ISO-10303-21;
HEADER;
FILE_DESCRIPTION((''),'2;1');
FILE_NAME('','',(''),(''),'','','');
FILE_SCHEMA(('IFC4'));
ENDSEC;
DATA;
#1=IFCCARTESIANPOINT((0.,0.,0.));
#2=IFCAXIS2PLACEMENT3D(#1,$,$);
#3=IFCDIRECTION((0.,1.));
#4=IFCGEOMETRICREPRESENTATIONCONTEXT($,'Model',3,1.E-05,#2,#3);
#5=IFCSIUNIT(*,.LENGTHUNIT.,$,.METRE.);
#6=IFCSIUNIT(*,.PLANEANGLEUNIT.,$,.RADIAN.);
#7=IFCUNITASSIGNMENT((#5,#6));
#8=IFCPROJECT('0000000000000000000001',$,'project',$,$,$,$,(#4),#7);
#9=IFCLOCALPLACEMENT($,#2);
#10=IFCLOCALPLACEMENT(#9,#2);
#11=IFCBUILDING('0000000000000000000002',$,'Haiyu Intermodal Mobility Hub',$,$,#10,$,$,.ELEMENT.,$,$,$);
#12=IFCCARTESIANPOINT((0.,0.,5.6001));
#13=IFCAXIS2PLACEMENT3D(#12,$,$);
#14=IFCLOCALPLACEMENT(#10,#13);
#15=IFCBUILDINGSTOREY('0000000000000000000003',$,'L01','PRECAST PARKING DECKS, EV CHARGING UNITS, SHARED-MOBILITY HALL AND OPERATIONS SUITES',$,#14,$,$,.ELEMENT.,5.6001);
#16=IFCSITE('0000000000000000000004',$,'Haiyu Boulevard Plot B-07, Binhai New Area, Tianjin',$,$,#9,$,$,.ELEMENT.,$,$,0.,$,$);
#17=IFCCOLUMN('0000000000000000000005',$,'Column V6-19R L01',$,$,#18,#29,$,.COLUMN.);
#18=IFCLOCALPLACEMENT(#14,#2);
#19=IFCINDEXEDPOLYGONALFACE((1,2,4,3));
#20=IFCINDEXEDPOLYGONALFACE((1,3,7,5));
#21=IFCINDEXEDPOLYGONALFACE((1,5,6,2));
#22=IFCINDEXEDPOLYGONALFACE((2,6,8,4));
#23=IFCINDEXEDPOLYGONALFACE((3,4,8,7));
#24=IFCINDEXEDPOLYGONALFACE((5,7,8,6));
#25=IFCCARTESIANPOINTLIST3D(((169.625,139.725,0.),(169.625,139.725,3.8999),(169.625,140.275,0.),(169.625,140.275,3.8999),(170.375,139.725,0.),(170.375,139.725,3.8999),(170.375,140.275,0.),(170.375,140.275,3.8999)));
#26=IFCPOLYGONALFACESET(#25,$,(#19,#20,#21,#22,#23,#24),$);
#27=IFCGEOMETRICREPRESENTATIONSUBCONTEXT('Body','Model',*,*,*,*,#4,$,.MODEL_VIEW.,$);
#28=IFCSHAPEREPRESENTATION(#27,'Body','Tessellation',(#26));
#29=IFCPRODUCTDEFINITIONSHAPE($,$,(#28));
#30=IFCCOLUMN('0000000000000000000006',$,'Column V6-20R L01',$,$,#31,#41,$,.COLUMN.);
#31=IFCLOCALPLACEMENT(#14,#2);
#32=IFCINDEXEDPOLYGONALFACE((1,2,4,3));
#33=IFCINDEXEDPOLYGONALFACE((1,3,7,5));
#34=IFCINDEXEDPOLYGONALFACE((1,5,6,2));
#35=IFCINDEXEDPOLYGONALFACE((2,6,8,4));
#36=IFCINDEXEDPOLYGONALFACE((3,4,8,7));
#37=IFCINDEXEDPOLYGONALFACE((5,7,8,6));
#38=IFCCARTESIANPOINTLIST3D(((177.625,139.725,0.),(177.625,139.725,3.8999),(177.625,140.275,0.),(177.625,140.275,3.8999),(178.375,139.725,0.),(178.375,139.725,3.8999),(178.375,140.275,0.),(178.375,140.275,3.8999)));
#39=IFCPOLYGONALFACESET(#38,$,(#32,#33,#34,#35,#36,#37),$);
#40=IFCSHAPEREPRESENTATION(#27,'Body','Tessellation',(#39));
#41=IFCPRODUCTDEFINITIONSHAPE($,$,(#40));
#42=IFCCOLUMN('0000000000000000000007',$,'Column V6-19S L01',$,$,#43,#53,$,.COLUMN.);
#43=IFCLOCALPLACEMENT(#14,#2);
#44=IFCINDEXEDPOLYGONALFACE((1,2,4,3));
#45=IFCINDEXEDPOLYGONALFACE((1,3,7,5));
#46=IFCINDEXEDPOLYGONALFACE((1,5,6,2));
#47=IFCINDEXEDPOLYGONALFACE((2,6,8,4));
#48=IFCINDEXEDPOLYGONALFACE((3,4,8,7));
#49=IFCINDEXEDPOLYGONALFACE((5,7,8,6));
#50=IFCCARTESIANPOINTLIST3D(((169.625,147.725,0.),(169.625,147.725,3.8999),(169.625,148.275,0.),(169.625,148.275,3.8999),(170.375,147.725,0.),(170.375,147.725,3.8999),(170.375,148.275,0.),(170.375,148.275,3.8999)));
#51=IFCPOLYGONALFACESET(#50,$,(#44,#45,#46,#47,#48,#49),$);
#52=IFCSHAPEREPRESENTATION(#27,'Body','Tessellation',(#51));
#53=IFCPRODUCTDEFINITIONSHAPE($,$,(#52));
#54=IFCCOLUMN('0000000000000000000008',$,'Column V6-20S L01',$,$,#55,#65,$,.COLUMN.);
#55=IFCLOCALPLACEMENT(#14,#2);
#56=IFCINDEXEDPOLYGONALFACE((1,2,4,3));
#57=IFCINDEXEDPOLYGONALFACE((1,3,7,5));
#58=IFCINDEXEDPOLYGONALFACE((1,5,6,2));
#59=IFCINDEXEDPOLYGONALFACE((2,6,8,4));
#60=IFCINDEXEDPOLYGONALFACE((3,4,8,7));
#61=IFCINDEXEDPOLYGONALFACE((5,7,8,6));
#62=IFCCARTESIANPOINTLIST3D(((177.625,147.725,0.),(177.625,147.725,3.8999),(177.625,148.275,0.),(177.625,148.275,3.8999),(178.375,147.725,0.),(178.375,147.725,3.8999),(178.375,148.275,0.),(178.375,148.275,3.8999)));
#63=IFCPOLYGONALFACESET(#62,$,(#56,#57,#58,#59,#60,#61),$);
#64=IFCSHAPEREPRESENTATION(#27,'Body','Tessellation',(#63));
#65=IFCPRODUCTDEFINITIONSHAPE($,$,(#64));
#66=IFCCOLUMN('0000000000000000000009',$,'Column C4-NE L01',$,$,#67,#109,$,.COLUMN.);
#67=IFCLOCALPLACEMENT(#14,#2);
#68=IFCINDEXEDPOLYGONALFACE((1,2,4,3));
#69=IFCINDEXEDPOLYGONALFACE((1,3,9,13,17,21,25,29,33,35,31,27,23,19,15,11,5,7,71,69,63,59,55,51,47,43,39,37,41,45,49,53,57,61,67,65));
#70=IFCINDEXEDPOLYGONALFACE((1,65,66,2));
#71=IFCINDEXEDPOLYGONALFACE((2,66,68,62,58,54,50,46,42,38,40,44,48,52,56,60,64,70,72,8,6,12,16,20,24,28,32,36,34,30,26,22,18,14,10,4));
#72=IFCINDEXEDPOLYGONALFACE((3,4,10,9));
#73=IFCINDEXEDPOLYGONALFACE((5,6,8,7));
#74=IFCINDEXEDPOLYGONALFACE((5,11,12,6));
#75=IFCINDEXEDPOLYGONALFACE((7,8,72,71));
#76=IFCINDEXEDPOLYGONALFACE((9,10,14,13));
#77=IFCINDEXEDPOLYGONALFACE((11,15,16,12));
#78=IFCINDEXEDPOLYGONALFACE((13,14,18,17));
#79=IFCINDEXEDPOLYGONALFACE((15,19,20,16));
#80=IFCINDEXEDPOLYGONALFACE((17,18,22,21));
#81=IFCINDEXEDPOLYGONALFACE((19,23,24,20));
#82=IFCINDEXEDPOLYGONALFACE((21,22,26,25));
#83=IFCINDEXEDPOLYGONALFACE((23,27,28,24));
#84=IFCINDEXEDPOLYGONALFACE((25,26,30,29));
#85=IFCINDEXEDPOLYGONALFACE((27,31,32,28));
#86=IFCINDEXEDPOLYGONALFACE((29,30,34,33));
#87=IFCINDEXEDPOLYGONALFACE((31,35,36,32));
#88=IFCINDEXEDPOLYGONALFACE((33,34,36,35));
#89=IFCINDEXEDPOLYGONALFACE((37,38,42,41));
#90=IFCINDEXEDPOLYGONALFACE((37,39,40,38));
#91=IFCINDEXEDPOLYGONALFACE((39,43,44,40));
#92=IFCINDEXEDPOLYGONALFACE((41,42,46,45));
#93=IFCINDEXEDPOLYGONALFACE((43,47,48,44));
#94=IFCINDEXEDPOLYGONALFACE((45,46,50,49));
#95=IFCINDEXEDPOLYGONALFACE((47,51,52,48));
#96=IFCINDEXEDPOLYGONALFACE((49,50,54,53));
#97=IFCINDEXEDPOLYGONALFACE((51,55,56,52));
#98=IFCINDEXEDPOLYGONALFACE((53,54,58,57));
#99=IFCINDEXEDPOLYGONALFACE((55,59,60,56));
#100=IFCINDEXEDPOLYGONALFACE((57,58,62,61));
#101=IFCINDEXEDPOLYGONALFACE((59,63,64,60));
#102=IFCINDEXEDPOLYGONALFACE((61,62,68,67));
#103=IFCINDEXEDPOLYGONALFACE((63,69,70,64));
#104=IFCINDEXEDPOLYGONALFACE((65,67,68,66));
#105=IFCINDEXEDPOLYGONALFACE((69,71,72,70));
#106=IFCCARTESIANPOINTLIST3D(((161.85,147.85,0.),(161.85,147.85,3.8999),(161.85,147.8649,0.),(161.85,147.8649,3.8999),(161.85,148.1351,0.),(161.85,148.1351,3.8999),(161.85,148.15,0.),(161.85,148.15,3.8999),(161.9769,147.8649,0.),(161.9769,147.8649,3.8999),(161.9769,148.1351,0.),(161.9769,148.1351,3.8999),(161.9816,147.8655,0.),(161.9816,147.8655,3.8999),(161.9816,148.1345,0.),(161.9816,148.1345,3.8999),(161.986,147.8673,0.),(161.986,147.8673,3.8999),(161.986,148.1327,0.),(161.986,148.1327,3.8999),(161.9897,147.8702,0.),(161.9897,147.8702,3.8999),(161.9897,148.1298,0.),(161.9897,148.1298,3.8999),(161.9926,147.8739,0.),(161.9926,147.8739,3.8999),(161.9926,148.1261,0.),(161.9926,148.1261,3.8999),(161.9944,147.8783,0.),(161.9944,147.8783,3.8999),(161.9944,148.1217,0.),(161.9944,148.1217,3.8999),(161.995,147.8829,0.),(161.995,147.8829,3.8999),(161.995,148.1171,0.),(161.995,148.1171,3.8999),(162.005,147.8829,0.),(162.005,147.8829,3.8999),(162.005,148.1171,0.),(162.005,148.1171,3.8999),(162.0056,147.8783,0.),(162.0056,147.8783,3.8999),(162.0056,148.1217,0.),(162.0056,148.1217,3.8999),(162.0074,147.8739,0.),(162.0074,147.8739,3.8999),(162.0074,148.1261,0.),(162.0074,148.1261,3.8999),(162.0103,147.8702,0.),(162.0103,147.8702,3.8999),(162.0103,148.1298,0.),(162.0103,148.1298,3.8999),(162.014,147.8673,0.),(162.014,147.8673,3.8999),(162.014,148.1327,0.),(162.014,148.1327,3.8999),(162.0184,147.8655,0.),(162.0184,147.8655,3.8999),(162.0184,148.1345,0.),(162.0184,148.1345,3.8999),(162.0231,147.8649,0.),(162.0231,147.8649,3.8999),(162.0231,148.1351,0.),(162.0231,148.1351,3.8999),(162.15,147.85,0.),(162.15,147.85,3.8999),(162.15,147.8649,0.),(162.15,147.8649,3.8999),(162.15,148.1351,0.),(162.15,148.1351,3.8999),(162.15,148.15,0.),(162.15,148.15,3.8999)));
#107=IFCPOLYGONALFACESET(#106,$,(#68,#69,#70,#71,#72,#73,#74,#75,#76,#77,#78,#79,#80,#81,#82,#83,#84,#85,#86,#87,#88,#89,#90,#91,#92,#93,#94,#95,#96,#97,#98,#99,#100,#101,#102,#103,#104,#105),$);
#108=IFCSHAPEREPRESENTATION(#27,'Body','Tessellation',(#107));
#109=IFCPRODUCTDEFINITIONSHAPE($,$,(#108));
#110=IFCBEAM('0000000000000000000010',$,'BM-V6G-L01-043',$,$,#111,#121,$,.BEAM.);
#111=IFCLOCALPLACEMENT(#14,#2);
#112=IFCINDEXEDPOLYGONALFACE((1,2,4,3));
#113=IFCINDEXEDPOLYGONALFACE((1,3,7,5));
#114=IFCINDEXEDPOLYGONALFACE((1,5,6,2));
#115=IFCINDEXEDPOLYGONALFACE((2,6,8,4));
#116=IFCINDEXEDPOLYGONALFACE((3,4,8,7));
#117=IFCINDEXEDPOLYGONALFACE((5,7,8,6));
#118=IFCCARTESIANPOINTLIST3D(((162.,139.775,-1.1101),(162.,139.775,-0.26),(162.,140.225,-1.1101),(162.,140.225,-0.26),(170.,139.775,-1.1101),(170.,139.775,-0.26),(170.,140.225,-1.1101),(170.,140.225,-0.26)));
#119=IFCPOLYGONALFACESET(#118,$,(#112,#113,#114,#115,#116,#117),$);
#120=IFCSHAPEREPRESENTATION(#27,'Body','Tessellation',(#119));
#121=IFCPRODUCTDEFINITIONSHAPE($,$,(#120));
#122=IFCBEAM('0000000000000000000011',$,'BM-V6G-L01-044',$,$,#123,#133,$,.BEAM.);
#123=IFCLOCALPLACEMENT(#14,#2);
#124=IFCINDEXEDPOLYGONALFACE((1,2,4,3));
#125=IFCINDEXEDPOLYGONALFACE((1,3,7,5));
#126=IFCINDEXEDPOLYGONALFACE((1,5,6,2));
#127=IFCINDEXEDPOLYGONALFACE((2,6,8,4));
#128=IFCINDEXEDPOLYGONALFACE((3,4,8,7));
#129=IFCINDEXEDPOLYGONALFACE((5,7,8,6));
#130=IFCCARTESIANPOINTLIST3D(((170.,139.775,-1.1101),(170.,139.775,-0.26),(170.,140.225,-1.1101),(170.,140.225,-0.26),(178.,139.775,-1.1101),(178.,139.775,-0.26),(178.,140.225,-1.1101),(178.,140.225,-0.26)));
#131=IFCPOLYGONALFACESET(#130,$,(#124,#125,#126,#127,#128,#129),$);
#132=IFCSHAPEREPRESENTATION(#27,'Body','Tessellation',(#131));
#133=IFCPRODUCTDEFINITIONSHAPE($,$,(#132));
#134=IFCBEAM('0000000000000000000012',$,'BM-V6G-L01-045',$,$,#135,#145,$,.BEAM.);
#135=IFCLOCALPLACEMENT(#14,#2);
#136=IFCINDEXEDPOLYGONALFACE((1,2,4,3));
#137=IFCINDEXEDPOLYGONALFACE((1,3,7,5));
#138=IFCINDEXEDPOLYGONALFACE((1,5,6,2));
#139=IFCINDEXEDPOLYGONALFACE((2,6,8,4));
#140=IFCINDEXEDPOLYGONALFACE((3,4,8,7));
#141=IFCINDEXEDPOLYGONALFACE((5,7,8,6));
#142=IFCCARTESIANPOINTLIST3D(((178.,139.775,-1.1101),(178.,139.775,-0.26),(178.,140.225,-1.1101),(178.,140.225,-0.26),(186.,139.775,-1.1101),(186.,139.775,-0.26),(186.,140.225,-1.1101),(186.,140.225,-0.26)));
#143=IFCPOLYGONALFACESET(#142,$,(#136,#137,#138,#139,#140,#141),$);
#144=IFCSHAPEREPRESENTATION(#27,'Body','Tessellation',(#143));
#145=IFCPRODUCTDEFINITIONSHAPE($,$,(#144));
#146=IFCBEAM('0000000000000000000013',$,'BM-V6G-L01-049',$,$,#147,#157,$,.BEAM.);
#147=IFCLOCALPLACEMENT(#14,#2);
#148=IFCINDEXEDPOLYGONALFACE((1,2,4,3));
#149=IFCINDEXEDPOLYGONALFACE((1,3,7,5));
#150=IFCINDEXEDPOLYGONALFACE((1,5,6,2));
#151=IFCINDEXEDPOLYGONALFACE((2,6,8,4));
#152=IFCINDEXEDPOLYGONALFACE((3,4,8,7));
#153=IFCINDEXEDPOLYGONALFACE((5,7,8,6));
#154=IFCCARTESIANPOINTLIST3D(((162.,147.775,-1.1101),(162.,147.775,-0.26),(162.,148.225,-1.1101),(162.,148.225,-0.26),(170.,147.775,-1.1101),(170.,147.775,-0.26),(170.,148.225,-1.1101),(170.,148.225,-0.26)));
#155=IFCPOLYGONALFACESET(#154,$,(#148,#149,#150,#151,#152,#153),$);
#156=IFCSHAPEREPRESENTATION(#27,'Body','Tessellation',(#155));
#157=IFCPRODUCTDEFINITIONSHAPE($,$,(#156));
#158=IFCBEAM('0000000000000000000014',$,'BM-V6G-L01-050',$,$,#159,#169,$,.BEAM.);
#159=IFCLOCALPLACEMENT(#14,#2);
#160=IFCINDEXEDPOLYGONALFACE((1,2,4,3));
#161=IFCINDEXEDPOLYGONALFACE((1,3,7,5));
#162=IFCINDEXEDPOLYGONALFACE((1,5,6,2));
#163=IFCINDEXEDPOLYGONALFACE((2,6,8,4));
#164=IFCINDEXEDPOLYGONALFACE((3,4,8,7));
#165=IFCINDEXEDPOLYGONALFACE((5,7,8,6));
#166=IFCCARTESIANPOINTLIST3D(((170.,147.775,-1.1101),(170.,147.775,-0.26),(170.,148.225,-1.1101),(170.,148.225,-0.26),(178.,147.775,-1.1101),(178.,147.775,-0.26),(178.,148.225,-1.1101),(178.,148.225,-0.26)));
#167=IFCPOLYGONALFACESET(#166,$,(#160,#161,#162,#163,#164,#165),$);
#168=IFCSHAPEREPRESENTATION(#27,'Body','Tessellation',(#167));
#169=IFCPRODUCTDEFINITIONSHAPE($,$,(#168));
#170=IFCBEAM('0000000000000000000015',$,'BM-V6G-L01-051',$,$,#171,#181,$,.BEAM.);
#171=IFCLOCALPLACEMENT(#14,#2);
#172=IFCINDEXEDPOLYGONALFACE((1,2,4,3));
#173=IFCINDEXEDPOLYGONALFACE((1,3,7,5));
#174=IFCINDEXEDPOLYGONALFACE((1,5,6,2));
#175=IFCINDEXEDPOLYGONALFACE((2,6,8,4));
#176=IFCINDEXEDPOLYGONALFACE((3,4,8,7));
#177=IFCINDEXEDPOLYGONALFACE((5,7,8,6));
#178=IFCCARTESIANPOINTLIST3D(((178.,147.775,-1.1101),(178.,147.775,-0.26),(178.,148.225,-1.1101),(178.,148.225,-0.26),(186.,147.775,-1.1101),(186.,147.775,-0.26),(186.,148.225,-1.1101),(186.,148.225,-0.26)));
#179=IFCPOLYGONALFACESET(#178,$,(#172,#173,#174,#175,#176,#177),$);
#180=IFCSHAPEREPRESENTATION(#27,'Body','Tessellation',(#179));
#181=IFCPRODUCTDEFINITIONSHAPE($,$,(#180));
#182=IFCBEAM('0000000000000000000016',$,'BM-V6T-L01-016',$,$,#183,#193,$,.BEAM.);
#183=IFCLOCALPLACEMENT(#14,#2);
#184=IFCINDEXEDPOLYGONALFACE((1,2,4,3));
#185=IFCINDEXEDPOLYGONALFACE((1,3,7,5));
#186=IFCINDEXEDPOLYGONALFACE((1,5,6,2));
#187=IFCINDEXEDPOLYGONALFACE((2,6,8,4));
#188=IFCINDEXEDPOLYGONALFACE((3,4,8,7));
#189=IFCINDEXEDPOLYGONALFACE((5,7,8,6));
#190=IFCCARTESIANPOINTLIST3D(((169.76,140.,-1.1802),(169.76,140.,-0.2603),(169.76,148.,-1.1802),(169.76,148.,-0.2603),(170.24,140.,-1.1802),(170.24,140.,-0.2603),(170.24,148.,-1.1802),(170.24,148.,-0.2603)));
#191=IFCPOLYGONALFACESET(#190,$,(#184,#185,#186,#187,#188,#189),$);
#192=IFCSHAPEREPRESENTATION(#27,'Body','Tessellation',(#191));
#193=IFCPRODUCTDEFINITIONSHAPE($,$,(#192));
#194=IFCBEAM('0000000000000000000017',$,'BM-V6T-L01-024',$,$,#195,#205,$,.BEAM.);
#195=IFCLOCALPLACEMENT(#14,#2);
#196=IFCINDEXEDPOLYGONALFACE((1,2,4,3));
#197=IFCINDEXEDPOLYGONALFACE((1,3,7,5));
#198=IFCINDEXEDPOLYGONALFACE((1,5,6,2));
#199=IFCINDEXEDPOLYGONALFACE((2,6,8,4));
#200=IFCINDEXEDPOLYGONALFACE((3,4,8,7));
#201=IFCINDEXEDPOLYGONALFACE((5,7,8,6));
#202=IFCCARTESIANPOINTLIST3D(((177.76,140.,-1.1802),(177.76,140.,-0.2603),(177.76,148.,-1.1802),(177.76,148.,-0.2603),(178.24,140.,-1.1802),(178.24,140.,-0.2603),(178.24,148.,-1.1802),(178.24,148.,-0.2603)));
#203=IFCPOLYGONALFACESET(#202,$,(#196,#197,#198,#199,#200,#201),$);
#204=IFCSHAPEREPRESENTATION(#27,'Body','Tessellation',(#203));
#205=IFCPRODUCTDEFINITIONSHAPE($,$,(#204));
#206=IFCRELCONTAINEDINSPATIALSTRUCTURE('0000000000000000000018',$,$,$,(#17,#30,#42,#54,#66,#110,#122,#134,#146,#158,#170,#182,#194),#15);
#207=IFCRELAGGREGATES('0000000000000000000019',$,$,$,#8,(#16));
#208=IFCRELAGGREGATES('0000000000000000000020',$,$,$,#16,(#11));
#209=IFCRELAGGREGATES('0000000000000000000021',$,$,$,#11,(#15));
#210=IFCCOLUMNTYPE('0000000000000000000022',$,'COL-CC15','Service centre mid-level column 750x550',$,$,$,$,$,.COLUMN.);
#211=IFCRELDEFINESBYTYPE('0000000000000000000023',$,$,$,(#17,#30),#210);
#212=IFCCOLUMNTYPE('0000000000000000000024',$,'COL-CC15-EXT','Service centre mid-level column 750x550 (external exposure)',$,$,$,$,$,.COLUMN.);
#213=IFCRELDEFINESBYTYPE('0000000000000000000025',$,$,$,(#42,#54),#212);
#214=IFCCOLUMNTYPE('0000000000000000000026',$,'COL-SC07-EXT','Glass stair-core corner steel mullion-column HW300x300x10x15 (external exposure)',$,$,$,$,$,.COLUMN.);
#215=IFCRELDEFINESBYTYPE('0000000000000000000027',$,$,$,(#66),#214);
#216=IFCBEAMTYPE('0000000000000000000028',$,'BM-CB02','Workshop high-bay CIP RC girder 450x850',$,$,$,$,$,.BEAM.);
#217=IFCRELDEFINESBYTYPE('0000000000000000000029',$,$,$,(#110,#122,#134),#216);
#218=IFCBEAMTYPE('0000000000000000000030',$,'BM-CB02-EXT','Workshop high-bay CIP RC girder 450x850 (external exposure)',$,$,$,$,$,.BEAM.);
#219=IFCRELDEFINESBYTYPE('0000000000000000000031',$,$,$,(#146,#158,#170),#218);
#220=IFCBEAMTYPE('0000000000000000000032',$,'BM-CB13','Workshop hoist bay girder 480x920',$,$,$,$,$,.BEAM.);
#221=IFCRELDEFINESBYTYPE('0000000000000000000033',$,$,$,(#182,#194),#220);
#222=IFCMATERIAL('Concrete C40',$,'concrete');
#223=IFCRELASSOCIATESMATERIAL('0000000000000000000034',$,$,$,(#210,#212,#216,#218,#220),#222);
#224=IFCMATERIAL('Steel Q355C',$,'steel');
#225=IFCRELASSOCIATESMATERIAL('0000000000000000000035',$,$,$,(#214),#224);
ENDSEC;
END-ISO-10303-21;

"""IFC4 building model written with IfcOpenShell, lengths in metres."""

from ifc_helpers import new_model, si_unit, direction, frame, origin, origin_2d, place, context, subcontext, project, spatial, rectangle, i_section, extrude, material, material_profile, profile_set, type_object, element, save


model = new_model("IFC4")

# Units and contexts
model_context = context("Model", 3, precision=1e-05, world=origin(), true_north=direction((0.0, 1.0)))
body_context = subcontext(model_context, "Body", "Model", "MODEL_VIEW")
ifc_project = project(units=[si_unit("LENGTHUNIT", "METRE"), si_unit("PLANEANGLEUNIT", "RADIAN")], contexts=[model_context])

# Site, building, storey
site_placement = place(None, origin())
site = spatial("IfcSite", under=ifc_project, at=site_placement, Name="Haiyu Boulevard Plot B-07, Binhai New Area, Tianjin", CompositionType="ELEMENT", RefElevation=0.0)
building_placement = place(site_placement, origin())
building = spatial("IfcBuilding", under=site, at=building_placement, Name="Haiyu Intermodal Mobility Hub", CompositionType="ELEMENT")
storey_placement = place(building_placement, frame((0.0, 0.0, 5.6001)))
storey = spatial("IfcBuildingStorey", under=building, at=storey_placement, Name="L01", Description="PRECAST PARKING DECKS, EV CHARGING UNITS, SHARED-MOBILITY HALL AND OPERATIONS SUITES", CompositionType="ELEMENT", Elevation=5.6001)

# Columns
ifc_material_1 = material(Name="Concrete C40", Category="concrete")
ifc_material_profile_1 = material_profile(ifc_material_1, rectangle(XDim=0.75, YDim=0.55, at=origin_2d()), Name="C750x550")
ifc_profile_set_1 = profile_set([ifc_material_profile_1], Name="Concrete C40")
column_type_1 = type_object("IfcColumnType", Name="COL-CC15", Description="Service centre mid-level column 750x550", PredefinedType="COLUMN", material=ifc_profile_set_1)
for number, where, z_axis, x_axis, name in (
    (1, (170.0, 140.0, 0.0), (0.0, 0.0, 1.0), (1.0, 0.0, 0.0), "Column V6-19R L01"),
    (2, (178.0, 140.0, 0.0), (0.0, 0.0, 1.0), (1.0, 0.0, 0.0), "Column V6-20R L01"),
):
    element("IfcColumn", number, at=place(storey_placement, frame(where, z_axis=z_axis, x_axis=x_axis)), inside=storey, type_object=column_type_1, Name=name, PredefinedType="COLUMN", context=body_context, shape_type="SweptSolid", body=[
        extrude(rectangle(XDim=0.75, YDim=0.55, at=origin_2d()), origin(), (0.0, 0.0, 1.0), 3.8999),
    ])
ifc_material_profile_2 = material_profile(ifc_material_1, rectangle(XDim=0.75, YDim=0.55, at=origin_2d()), Name="C750x550")
ifc_profile_set_2 = profile_set([ifc_material_profile_2], Name="Concrete C40")
column_type_2 = type_object("IfcColumnType", Name="COL-CC15-EXT", Description="Service centre mid-level column 750x550 (external exposure)", PredefinedType="COLUMN", material=ifc_profile_set_2)
for number, where, z_axis, x_axis, name in (
    (3, (170.0, 148.0, 0.0), (0.0, 0.0, 1.0), (1.0, 0.0, 0.0), "Column V6-19S L01"),
    (4, (178.0, 148.0, 0.0), (0.0, 0.0, 1.0), (1.0, 0.0, 0.0), "Column V6-20S L01"),
):
    element("IfcColumn", number, at=place(storey_placement, frame(where, z_axis=z_axis, x_axis=x_axis)), inside=storey, type_object=column_type_2, Name=name, PredefinedType="COLUMN", context=body_context, shape_type="SweptSolid", body=[
        extrude(rectangle(XDim=0.75, YDim=0.55, at=origin_2d()), origin(), (0.0, 0.0, 1.0), 3.8999),
    ])
ifc_material_2 = material(Name="Steel Q355C", Category="steel")
ifc_material_profile_3 = material_profile(ifc_material_2, i_section(OverallWidth=0.3, OverallDepth=0.3, WebThickness=0.01, FlangeThickness=0.0149, FilletRadius=0.0181, at=origin_2d()), Name="HW300x300x10x15")
ifc_profile_set_3 = profile_set([ifc_material_profile_3], Name="Steel Q355C")
column_type_3 = type_object("IfcColumnType", Name="COL-SC07-EXT", Description="Glass stair-core corner steel mullion-column HW300x300x10x15 (external exposure)", PredefinedType="COLUMN", material=ifc_profile_set_3)
column_placement = place(storey_placement, frame((162.0, 148.0, 0.0), z_axis=(0.0, 0.0, 1.0), x_axis=(1.0, 0.0, 0.0)))
element("IfcColumn", 5, at=column_placement, inside=storey, type_object=column_type_3, Name="Column C4-NE L01", PredefinedType="COLUMN", context=body_context, shape_type="SweptSolid", body=[
    extrude(i_section(OverallWidth=0.3, OverallDepth=0.3, WebThickness=0.01, FlangeThickness=0.0149, FilletRadius=0.0181, at=origin_2d()), origin(), (0.0, 0.0, 1.0), 3.8999),
])

# Beams
ifc_material_profile_4 = material_profile(ifc_material_1, rectangle(XDim=0.45, YDim=0.8501, at=origin_2d()), Name="RCB450x850")
ifc_profile_set_4 = profile_set([ifc_material_profile_4], Name="Concrete C40")
beam_type_1 = type_object("IfcBeamType", Name="BM-CB02", Description="Workshop high-bay CIP RC girder 450x850", PredefinedType="BEAM", material=ifc_profile_set_4)
for number, where, z_axis, x_axis, name in (
    (6, (162.0, 140.0, -0.6851), (1.0, 0.0, 0.0), (0.0, 1.0, 0.0), "BM-V6G-L01-043"),
    (7, (170.0, 140.0, -0.6851), (1.0, 0.0, 0.0), (0.0, 1.0, 0.0), "BM-V6G-L01-044"),
    (8, (178.0, 140.0, -0.6851), (1.0, 0.0, 0.0), (0.0, 1.0, 0.0), "BM-V6G-L01-045"),
):
    element("IfcBeam", number, at=place(storey_placement, frame(where, z_axis=z_axis, x_axis=x_axis)), inside=storey, type_object=beam_type_1, Name=name, PredefinedType="BEAM", context=body_context, shape_type="SweptSolid", body=[
        extrude(rectangle(XDim=0.45, YDim=0.8501, at=origin_2d()), origin(), (0.0, 0.0, 1.0), 8.0),
    ])
ifc_material_profile_5 = material_profile(ifc_material_1, rectangle(XDim=0.45, YDim=0.8501, at=origin_2d()), Name="RCB450x850")
ifc_profile_set_5 = profile_set([ifc_material_profile_5], Name="Concrete C40")
beam_type_2 = type_object("IfcBeamType", Name="BM-CB02-EXT", Description="Workshop high-bay CIP RC girder 450x850 (external exposure)", PredefinedType="BEAM", material=ifc_profile_set_5)
for number, where, z_axis, x_axis, name in (
    (9, (162.0, 148.0, -0.6851), (1.0, 0.0, 0.0), (0.0, 1.0, 0.0), "BM-V6G-L01-049"),
    (10, (170.0, 148.0, -0.6851), (1.0, 0.0, 0.0), (0.0, 1.0, 0.0), "BM-V6G-L01-050"),
    (11, (178.0, 148.0, -0.6851), (1.0, 0.0, 0.0), (0.0, 1.0, 0.0), "BM-V6G-L01-051"),
):
    element("IfcBeam", number, at=place(storey_placement, frame(where, z_axis=z_axis, x_axis=x_axis)), inside=storey, type_object=beam_type_2, Name=name, PredefinedType="BEAM", context=body_context, shape_type="SweptSolid", body=[
        extrude(rectangle(XDim=0.45, YDim=0.8501, at=origin_2d()), origin(), (0.0, 0.0, 1.0), 8.0),
    ])
ifc_material_profile_6 = material_profile(ifc_material_1, rectangle(XDim=0.48, YDim=0.9199, at=origin_2d()), Name="B480x920")
ifc_profile_set_6 = profile_set([ifc_material_profile_6], Name="Concrete C40")
beam_type_3 = type_object("IfcBeamType", Name="BM-CB13", Description="Workshop hoist bay girder 480x920", PredefinedType="BEAM", material=ifc_profile_set_6)
for number, where, z_axis, x_axis, name in (
    (12, (170.0, 140.0, -0.7202), (0.0, 1.0, 0.0), (-1.0, 0.0, 0.0), "BM-V6T-L01-016"),
    (13, (178.0, 140.0, -0.7202), (0.0, 1.0, 0.0), (-1.0, 0.0, 0.0), "BM-V6T-L01-024"),
):
    element("IfcBeam", number, at=place(storey_placement, frame(where, z_axis=z_axis, x_axis=x_axis)), inside=storey, type_object=beam_type_3, Name=name, PredefinedType="BEAM", context=body_context, shape_type="SweptSolid", body=[
        extrude(rectangle(XDim=0.48, YDim=0.9199, at=origin_2d()), origin(), (0.0, 0.0, 1.0), 8.0),
    ])

save(model, "model.ifc")
